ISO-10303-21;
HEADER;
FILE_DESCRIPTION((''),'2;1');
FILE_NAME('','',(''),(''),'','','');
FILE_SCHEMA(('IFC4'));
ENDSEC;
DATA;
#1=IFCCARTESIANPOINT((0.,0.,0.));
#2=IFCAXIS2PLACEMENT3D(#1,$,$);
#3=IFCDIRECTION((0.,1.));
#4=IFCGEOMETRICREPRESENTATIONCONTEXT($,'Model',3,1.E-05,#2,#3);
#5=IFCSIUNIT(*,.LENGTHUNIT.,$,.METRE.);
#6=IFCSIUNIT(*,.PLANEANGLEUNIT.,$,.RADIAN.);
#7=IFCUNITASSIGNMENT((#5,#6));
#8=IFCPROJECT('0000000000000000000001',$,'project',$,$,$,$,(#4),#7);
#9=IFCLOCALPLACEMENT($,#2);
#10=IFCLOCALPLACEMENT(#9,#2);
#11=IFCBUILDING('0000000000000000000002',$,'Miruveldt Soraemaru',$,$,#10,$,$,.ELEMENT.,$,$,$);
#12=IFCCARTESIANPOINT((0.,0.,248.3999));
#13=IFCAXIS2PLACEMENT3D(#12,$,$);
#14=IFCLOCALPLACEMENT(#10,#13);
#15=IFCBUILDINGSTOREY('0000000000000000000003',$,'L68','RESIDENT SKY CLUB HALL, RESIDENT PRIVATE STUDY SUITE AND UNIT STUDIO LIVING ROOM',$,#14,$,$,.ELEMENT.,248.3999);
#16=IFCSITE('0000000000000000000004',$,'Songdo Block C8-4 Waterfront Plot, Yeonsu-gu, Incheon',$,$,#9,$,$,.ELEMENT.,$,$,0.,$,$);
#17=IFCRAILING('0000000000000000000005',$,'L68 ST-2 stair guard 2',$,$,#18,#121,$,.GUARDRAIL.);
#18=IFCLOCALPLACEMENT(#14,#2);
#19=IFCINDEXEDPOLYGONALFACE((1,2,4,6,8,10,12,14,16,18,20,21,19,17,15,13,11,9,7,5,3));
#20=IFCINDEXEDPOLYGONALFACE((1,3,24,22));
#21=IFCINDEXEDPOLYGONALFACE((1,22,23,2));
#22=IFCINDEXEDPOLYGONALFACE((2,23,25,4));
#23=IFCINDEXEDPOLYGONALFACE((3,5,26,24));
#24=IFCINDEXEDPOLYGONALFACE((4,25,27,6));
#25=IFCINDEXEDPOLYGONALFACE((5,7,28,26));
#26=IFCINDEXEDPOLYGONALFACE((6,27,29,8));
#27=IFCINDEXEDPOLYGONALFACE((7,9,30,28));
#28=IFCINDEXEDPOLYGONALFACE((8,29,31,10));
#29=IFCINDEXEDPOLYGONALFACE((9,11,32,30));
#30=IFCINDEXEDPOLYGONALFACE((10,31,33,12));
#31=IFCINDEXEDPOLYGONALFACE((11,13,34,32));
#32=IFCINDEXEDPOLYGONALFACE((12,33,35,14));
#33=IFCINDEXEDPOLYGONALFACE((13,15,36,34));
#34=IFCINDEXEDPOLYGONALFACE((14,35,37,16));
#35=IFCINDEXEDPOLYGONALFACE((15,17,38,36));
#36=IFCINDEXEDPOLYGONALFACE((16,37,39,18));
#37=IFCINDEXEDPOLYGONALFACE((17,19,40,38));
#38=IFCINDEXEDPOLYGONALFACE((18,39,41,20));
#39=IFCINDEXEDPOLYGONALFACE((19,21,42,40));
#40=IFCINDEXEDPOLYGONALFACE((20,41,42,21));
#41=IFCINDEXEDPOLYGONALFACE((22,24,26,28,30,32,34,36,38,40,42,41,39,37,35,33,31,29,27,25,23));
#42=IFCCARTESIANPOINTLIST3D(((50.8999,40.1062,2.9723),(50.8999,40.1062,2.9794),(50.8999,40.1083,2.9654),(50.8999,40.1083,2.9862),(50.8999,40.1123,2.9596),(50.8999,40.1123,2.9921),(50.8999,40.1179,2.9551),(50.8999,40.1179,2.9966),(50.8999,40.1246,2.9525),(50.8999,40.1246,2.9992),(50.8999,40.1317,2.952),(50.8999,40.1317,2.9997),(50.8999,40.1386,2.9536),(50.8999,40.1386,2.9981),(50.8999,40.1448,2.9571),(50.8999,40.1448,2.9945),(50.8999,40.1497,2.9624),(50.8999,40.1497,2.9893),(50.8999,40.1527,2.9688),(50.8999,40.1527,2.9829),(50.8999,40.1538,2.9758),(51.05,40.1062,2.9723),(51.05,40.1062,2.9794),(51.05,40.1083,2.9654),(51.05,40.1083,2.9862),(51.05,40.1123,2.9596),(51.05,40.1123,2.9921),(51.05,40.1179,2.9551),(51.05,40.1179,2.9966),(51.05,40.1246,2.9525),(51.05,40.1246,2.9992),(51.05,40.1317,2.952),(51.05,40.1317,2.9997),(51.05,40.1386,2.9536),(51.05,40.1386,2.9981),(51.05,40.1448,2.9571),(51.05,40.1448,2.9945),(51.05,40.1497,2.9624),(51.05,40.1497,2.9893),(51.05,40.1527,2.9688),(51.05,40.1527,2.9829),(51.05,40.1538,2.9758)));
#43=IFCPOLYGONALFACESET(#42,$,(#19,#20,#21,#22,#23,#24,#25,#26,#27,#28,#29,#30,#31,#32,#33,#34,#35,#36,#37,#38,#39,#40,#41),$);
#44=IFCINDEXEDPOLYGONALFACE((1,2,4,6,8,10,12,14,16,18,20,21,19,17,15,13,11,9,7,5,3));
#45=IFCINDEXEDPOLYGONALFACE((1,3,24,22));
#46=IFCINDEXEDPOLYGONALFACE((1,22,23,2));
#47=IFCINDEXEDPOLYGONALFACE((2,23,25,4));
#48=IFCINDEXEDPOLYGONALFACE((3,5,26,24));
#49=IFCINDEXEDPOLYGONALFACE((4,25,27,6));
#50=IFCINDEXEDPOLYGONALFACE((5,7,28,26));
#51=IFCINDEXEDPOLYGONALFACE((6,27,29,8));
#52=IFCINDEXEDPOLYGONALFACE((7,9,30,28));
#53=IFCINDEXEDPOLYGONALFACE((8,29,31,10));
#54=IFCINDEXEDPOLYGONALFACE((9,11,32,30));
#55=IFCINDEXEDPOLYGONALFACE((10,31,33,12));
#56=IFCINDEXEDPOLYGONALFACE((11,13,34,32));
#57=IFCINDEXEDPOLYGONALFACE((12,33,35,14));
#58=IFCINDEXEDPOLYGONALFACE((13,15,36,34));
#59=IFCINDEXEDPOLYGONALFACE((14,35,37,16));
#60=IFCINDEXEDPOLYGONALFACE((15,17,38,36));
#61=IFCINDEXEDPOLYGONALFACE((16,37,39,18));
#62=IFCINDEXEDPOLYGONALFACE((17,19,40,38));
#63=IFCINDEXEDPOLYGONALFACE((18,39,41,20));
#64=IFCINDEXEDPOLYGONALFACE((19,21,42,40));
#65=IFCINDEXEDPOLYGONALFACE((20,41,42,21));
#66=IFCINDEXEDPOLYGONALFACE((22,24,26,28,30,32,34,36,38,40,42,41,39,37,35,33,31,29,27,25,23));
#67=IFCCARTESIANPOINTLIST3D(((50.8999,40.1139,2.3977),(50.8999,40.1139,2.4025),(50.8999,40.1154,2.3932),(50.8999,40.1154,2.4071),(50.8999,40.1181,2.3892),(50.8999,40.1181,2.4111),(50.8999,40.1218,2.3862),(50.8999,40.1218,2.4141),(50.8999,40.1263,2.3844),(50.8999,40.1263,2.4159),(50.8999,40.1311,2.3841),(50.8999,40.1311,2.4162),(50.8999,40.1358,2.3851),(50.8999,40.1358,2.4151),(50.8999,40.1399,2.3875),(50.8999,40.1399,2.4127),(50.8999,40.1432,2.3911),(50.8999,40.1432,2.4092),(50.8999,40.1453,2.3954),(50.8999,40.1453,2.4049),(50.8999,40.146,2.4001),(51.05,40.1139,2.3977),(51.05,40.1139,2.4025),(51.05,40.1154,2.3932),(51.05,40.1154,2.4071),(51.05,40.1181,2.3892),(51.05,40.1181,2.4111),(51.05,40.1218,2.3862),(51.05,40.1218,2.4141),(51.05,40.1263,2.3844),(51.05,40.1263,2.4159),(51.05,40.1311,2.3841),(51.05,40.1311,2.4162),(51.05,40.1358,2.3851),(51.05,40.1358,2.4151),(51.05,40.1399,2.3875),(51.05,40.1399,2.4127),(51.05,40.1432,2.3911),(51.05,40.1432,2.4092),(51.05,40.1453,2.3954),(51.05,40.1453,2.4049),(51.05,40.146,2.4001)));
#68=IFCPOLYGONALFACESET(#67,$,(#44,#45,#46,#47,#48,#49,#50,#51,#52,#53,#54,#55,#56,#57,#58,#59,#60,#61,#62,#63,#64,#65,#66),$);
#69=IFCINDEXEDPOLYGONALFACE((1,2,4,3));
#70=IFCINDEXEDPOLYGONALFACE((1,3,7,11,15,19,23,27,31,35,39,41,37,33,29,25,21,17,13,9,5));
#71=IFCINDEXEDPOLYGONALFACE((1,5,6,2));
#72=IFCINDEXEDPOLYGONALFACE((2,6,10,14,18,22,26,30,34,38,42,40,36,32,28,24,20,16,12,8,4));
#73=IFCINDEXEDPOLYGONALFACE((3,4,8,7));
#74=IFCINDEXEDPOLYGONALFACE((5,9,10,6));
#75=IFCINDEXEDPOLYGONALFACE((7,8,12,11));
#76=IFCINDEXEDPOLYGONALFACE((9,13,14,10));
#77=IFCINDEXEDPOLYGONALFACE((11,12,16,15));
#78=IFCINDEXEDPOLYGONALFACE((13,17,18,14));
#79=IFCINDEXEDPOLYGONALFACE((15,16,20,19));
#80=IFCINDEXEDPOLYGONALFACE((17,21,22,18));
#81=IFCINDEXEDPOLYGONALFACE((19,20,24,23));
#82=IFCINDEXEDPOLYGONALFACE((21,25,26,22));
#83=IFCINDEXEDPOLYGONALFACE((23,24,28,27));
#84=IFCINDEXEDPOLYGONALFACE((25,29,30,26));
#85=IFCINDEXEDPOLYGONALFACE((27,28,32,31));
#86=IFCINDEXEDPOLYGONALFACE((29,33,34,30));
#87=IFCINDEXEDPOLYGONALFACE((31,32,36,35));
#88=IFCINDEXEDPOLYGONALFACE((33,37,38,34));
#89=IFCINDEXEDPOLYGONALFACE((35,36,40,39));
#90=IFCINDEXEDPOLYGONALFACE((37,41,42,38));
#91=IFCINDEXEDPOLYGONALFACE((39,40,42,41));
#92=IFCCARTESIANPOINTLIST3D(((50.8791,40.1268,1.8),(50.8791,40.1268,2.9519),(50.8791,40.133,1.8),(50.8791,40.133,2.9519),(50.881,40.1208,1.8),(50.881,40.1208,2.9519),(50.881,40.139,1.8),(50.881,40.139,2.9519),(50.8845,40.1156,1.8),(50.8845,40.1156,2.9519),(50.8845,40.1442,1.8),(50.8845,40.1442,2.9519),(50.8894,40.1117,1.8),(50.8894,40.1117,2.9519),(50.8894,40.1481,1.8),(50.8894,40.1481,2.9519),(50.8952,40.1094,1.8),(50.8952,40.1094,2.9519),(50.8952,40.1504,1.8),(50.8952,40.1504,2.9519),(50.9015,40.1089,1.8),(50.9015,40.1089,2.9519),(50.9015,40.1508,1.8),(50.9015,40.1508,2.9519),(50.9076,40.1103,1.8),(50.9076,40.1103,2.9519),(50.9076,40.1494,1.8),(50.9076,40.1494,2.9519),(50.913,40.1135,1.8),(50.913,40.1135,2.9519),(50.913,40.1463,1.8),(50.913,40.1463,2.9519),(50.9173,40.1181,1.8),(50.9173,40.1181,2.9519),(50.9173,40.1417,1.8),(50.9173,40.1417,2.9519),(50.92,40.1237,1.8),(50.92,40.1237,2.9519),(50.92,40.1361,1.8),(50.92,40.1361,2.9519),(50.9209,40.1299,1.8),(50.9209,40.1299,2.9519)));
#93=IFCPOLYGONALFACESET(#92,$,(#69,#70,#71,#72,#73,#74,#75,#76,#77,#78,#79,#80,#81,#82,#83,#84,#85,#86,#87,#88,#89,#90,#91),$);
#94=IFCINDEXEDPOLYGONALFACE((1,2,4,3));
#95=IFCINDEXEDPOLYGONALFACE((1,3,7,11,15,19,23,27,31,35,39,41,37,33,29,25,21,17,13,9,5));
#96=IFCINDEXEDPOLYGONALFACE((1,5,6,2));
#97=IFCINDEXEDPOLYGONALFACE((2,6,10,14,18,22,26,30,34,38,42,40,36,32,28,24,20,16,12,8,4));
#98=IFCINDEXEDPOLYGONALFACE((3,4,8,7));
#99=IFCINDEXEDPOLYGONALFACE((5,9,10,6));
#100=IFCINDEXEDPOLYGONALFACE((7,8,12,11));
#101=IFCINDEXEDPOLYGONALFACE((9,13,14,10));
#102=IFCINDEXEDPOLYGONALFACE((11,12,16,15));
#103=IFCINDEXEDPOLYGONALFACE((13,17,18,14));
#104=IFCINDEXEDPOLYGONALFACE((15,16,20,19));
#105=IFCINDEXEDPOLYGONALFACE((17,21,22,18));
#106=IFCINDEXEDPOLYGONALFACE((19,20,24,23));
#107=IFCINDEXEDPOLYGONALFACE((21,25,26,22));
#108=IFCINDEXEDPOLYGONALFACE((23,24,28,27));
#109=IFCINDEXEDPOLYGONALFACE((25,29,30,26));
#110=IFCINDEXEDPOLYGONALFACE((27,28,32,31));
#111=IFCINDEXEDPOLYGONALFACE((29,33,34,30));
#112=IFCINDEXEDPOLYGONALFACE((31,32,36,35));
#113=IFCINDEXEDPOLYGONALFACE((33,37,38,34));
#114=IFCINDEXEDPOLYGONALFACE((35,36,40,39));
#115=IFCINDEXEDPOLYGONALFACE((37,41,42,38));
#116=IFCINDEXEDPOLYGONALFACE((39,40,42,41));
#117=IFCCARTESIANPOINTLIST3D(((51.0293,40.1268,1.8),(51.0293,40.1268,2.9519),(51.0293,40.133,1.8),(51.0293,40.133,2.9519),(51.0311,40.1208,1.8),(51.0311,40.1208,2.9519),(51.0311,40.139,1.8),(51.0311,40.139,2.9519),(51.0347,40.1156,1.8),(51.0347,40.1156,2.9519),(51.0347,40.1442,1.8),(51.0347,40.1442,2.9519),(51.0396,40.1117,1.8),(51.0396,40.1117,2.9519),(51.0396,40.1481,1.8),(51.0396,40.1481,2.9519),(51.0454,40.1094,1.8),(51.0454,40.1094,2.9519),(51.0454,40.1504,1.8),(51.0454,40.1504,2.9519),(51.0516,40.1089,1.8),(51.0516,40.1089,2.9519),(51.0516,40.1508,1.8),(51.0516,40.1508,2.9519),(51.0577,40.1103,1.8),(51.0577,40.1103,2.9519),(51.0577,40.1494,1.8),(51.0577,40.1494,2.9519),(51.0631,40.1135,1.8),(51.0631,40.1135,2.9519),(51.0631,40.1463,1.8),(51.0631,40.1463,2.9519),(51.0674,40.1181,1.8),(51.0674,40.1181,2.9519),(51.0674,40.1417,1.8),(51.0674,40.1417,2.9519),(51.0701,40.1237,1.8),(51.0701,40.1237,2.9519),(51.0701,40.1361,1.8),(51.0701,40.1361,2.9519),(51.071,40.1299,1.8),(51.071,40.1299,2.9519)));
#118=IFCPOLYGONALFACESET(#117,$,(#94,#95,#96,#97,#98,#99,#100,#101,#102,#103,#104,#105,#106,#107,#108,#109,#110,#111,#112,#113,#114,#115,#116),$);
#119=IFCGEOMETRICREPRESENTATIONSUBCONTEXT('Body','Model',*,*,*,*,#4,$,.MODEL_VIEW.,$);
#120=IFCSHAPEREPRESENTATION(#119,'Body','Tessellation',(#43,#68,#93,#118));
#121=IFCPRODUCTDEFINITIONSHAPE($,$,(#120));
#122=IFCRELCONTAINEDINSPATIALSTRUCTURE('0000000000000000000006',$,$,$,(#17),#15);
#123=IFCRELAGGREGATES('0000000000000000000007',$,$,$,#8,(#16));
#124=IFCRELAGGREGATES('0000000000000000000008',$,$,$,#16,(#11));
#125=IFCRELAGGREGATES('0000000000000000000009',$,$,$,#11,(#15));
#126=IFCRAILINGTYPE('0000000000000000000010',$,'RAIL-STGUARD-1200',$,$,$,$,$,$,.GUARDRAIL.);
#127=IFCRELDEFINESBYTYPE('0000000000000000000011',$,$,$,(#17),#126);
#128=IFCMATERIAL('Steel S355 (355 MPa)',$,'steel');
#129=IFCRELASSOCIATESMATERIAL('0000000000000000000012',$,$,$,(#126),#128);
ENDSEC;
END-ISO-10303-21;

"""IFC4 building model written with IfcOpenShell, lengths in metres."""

from ifc_helpers import new_model, si_unit, direction, frame, origin, origin_2d, place, context, subcontext, project, spatial, circle, extrude, material, type_object, element, save


model = new_model("IFC4")

# Units and contexts
model_context = context("Model", 3, precision=1e-05, world=origin(), true_north=direction((0.0, 1.0)))
body_context = subcontext(model_context, "Body", "Model", "MODEL_VIEW")
ifc_project = project(units=[si_unit("LENGTHUNIT", "METRE"), si_unit("PLANEANGLEUNIT", "RADIAN")], contexts=[model_context])

# Site, building, storey
site_placement = place(None, origin())
site = spatial("IfcSite", under=ifc_project, at=site_placement, Name="Songdo Block C8-4 Waterfront Plot, Yeonsu-gu, Incheon", CompositionType="ELEMENT", RefElevation=0.0)
building_placement = place(site_placement, origin())
building = spatial("IfcBuilding", under=site, at=building_placement, Name="Miruveldt Soraemaru", CompositionType="ELEMENT")
storey_placement = place(building_placement, frame((0.0, 0.0, 248.3999)))
storey = spatial("IfcBuildingStorey", under=building, at=storey_placement, Name="L68", Description="RESIDENT SKY CLUB HALL, RESIDENT PRIVATE STUDY SUITE AND UNIT STUDIO LIVING ROOM", CompositionType="ELEMENT", Elevation=248.3999)

# Railing
ifc_material_1 = material(Name="Steel S355 (355 MPa)", Category="steel")
railing_type_1 = type_object("IfcRailingType", Name="RAIL-STGUARD-1200", PredefinedType="GUARDRAIL", material=ifc_material_1)
railing_1_placement = place(storey_placement, frame((50.8999, 40.1299, 1.8)))
element("IfcRailing", 1, at=railing_1_placement, inside=storey, type_object=railing_type_1, Name="L68 ST-2 stair guard 2", PredefinedType="GUARDRAIL", context=body_context, shape_type="SweptSolid", body=[
    extrude(circle(Radius=0.0239, at=origin_2d()), frame((0.0, 0.0, 1.1758), z_axis=(1.0, 0.0, 0.0), x_axis=(0.0, 1.0, 0.0)), (0.0, 0.0, 1.0), 0.1501),
    extrude(circle(Radius=0.0161, at=origin_2d()), frame((0.0, 0.0, 0.6001), z_axis=(1.0, 0.0, 0.0), x_axis=(0.0, 1.0, 0.0)), (0.0, 0.0, 1.0), 0.1501),
    extrude(circle(Radius=0.021, at=origin_2d()), origin(), (0.0, 0.0, 1.0), 1.1519),
    extrude(circle(Radius=0.021, at=origin_2d()), frame((0.1501, 0.0, 0.0)), (0.0, 0.0, 1.0), 1.1519),
])

save(model, "model.ifc")
